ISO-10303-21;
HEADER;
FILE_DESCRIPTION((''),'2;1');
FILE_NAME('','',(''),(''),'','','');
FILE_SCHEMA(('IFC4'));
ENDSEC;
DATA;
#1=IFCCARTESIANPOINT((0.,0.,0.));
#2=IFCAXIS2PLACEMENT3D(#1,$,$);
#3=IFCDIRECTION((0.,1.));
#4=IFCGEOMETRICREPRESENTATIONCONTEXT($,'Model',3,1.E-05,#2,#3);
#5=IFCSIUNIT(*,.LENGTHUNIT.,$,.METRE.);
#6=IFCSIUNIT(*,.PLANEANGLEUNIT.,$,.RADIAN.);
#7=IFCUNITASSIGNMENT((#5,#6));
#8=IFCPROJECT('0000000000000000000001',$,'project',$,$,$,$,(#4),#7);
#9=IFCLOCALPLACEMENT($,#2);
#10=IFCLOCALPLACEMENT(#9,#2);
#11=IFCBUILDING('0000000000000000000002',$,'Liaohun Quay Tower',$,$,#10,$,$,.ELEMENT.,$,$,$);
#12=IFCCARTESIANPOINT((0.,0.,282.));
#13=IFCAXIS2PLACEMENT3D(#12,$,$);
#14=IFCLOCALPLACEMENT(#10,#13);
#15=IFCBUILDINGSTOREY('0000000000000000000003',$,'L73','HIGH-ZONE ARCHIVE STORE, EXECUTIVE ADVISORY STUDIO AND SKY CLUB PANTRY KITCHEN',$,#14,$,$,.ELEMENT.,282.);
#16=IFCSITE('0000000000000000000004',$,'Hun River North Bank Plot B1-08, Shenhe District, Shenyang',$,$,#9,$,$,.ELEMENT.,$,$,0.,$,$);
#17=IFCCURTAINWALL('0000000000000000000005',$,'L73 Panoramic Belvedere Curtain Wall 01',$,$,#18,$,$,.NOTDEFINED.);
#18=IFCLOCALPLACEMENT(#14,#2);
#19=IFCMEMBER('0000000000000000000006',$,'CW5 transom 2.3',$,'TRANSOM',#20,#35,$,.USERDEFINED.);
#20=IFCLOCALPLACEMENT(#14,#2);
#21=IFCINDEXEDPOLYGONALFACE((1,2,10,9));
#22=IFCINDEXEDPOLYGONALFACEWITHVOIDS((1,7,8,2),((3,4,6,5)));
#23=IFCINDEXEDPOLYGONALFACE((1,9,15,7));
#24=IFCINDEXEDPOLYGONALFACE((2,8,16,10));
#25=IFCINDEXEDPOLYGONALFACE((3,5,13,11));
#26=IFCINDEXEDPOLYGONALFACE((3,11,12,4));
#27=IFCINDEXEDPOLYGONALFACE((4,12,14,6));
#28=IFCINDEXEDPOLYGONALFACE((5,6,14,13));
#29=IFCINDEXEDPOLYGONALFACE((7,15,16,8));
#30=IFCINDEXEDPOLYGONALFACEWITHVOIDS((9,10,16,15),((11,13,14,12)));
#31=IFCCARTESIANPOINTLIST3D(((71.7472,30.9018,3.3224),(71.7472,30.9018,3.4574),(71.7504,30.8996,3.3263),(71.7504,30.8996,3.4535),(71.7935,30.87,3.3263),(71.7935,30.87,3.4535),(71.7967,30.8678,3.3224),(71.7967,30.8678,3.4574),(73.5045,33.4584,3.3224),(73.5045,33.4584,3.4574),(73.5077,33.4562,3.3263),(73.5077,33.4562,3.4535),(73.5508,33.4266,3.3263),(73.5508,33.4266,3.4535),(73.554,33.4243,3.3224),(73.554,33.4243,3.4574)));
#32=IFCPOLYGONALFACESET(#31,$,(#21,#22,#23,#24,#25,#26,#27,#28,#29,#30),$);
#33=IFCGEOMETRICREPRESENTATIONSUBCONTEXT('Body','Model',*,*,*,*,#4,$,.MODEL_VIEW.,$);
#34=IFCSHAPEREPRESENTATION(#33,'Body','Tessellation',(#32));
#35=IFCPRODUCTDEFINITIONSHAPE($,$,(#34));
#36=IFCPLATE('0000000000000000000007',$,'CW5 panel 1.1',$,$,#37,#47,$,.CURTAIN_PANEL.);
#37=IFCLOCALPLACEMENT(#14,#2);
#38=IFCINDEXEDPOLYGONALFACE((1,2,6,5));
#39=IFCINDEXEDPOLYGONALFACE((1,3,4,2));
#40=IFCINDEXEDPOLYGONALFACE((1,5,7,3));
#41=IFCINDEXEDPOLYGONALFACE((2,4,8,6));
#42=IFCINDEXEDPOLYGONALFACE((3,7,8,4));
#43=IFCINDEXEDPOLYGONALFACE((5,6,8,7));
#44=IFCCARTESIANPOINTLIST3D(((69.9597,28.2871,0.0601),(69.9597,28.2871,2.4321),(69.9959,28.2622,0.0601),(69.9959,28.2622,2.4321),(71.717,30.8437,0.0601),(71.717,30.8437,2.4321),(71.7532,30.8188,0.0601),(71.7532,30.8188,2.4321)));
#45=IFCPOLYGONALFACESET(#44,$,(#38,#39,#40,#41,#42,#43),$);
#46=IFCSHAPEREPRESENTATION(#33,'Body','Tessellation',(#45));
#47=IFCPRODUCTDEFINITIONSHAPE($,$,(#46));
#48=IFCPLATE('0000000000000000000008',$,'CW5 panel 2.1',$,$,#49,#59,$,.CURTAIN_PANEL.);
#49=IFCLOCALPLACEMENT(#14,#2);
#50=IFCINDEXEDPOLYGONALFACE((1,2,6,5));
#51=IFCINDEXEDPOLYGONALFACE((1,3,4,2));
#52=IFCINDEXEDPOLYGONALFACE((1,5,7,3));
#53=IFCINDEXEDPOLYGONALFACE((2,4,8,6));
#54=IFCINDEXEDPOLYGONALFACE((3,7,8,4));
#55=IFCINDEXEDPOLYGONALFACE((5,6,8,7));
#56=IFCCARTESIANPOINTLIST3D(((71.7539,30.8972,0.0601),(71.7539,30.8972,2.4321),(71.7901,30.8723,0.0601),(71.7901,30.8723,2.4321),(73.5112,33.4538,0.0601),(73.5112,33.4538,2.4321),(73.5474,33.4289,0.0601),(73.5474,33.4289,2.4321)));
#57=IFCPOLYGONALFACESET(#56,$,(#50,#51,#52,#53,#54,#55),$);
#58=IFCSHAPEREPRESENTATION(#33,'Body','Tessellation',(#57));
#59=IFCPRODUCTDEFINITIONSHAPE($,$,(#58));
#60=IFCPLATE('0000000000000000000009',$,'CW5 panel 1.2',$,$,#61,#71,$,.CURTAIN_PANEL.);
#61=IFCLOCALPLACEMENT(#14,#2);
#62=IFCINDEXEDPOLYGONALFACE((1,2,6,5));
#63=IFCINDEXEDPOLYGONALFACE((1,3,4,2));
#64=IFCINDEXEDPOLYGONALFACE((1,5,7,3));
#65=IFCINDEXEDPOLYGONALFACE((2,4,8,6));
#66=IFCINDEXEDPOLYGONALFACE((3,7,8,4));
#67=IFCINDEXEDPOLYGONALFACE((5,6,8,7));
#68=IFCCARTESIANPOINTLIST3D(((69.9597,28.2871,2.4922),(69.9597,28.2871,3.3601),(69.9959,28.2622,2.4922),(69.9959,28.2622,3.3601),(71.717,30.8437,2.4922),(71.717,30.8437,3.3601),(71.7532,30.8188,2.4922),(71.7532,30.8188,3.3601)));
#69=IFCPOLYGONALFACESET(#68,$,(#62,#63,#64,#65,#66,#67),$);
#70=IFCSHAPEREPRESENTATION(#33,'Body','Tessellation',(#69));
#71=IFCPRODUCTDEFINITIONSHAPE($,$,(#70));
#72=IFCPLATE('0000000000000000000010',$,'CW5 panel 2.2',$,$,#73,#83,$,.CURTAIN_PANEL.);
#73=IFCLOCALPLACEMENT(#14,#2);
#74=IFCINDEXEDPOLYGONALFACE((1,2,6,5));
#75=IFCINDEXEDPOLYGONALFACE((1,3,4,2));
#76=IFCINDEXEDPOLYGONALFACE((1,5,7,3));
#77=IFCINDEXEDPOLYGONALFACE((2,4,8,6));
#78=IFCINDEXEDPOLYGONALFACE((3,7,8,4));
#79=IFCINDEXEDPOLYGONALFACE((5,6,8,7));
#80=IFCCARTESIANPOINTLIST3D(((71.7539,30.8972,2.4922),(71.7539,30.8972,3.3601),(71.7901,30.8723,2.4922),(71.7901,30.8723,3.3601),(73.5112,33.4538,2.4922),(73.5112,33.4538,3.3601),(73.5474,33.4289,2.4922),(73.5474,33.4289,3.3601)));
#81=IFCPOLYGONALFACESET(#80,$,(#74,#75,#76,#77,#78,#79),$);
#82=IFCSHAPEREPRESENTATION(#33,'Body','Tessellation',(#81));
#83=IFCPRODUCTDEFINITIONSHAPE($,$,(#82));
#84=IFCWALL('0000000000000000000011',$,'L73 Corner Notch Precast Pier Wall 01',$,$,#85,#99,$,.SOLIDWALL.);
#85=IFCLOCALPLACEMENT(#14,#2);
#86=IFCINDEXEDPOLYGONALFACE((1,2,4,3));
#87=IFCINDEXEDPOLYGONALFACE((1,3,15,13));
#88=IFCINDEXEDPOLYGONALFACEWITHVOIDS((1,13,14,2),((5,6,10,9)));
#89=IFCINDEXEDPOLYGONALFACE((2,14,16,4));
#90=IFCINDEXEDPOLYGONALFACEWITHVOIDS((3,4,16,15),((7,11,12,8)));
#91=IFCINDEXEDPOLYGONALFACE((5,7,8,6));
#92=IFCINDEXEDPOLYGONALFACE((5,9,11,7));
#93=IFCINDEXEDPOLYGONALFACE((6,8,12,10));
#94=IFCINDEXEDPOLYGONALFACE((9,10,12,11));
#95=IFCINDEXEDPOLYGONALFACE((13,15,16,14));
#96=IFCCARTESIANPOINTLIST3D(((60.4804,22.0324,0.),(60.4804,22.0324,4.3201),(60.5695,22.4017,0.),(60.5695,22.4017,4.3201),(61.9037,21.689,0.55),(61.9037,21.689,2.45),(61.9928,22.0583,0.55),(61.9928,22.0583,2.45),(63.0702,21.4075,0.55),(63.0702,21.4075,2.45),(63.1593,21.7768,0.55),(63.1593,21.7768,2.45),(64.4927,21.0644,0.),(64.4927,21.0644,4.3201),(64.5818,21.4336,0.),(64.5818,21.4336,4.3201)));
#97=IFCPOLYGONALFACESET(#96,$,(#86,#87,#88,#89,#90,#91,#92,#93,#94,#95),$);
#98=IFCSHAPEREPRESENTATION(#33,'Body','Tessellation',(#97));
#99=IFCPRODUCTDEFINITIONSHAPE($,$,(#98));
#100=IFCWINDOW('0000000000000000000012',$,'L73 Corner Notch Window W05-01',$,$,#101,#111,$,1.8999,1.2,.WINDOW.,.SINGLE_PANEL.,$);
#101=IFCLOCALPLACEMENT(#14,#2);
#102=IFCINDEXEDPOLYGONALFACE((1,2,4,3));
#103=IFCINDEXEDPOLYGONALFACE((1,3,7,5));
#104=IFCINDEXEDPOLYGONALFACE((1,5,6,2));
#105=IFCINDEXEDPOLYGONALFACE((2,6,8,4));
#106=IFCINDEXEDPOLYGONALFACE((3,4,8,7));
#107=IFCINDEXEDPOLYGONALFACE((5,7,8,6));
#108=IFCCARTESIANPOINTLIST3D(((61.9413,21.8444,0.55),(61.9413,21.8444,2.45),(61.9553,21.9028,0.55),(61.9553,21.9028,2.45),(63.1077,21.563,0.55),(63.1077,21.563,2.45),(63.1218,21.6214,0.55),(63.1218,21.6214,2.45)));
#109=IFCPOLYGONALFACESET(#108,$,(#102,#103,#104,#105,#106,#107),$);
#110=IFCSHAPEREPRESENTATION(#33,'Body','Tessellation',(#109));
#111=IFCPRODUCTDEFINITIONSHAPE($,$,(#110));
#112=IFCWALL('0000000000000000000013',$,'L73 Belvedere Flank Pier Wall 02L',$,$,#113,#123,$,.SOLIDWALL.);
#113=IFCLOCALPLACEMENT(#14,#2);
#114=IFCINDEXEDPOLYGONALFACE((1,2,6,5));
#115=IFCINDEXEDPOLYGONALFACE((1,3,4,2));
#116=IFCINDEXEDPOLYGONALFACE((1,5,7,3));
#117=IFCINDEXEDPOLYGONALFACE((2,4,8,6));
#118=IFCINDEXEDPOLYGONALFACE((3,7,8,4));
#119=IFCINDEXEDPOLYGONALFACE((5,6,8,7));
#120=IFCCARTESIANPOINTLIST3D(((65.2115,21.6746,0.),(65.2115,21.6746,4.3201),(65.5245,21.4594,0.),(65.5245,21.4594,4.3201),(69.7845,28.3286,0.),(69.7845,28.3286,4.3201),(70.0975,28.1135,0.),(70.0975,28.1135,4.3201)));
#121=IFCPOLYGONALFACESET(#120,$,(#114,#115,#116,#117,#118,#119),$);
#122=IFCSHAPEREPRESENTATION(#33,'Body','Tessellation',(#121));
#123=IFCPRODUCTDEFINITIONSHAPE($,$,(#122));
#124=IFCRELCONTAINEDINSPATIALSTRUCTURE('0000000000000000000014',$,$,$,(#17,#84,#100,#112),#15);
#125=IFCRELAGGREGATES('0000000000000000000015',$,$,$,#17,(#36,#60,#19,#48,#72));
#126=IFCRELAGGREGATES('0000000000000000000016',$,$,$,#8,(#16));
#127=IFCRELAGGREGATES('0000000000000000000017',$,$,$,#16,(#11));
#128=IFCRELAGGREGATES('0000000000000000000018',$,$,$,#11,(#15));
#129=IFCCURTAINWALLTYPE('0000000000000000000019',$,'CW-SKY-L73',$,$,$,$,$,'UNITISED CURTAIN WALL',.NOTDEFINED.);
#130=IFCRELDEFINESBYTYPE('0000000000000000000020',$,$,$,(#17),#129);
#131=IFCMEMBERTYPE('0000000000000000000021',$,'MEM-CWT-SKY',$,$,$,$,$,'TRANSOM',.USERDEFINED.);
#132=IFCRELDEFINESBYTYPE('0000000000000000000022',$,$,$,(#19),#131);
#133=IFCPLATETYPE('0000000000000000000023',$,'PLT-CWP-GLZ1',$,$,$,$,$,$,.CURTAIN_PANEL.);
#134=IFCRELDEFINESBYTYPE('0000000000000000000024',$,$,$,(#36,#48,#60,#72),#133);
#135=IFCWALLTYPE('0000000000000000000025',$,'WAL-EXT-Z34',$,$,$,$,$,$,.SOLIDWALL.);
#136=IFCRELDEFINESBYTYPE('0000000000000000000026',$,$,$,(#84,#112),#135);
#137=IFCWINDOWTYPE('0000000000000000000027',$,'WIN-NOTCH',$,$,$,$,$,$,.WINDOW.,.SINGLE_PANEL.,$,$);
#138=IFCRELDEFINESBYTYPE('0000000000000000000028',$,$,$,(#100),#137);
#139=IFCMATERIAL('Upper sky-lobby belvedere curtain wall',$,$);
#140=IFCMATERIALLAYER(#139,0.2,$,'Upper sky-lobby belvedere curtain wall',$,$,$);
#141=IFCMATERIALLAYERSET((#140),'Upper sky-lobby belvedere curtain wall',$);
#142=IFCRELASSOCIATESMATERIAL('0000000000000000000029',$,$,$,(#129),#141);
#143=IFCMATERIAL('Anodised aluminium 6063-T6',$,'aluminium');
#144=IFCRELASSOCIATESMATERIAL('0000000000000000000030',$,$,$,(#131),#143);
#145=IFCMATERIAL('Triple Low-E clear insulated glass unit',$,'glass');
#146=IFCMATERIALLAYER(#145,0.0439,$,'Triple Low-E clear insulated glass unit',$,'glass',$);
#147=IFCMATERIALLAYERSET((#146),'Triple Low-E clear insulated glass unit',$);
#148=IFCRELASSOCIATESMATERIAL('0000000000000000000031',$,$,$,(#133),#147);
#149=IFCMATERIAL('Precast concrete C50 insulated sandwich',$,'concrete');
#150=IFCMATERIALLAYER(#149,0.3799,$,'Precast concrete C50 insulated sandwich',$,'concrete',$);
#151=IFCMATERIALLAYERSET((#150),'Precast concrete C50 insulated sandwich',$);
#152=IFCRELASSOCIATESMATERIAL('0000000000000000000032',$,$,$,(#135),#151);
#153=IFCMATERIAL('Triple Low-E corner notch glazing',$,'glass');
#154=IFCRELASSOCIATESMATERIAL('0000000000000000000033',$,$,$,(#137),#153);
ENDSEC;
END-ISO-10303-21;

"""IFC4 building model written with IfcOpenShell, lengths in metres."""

from ifc_helpers import new_model, si_unit, direction, frame, frame_2d, origin, origin_2d, place, context, subcontext, project, spatial, rectangle, hollow_rectangle, extrude, source, transform, mapped, material, layer, layer_set, material_profile, profile_set, type_object, element, fill, aggregate, save


model = new_model("IFC4")

# Units and contexts
model_context = context("Model", 3, precision=1e-05, world=origin(), true_north=direction((0.0, 1.0)))
body_context = subcontext(model_context, "Body", "Model", "MODEL_VIEW")
ifc_project = project(units=[si_unit("LENGTHUNIT", "METRE"), si_unit("PLANEANGLEUNIT", "RADIAN")], contexts=[model_context])

# Site, building, storey
site_placement = place(None, origin())
site = spatial("IfcSite", under=ifc_project, at=site_placement, Name="Hun River North Bank Plot B1-08, Shenhe District, Shenyang", CompositionType="ELEMENT", RefElevation=0.0)
building_placement = place(site_placement, origin())
building = spatial("IfcBuilding", under=site, at=building_placement, Name="Liaohun Quay Tower", CompositionType="ELEMENT")
storey_placement = place(building_placement, frame((0.0, 0.0, 282.0)))
storey = spatial("IfcBuildingStorey", under=building, at=storey_placement, Name="L73", Description="HIGH-ZONE ARCHIVE STORE, EXECUTIVE ADVISORY STUDIO AND SKY CLUB PANTRY KITCHEN", CompositionType="ELEMENT", Elevation=282.0)

# Curtain wall, member, plates
ifc_material_1 = material(Name="Upper sky-lobby belvedere curtain wall")
ifc_layer_1 = layer(ifc_material_1, 0.2, Name="Upper sky-lobby belvedere curtain wall")
ifc_layer_set_1 = layer_set([ifc_layer_1], Name="Upper sky-lobby belvedere curtain wall")
curtain_wall_type = type_object("IfcCurtainWallType", Name="CW-SKY-L73", ElementType="UNITISED CURTAIN WALL", PredefinedType="NOTDEFINED", material=ifc_layer_set_1)
curtain_wall_placement = place(storey_placement, origin())
curtain_wall = element("IfcCurtainWall", 1, at=curtain_wall_placement, inside=storey, type_object=curtain_wall_type, Name="L73 Panoramic Belvedere Curtain Wall 01", PredefinedType="NOTDEFINED")
ifc_material_2 = material(Name="Anodised aluminium 6063-T6", Category="aluminium")
ifc_material_profile_1 = material_profile(ifc_material_2, hollow_rectangle(XDim=0.0601, YDim=0.135, WallThickness=0.0039, at=origin_2d()), Name="RHS135x60x4")
ifc_profile_set_1 = profile_set([ifc_material_profile_1], Name="Anodised aluminium 6063-T6")
member_type_1 = type_object("IfcMemberType", Name="MEM-CWT-SKY", ElementType="TRANSOM", PredefinedType="USERDEFINED", material=ifc_profile_set_1)
shared_shape_1 = source(origin(), body_context, "Body", "SweptSolid", [
    extrude(hollow_rectangle(XDim=0.0601, YDim=0.135, WallThickness=0.0039, at=origin_2d()), origin(), (0.0, 0.0, 1.0), 3.1023),
])
member_1_placement = place(storey_placement, frame((71.772, 30.8848, 3.3899), z_axis=(0.566449, 0.824097, 0.0), x_axis=(-0.824097, 0.566449, 0.0)))
member_1 = element("IfcMember", 2, at=member_1_placement, type_object=member_type_1, Name="CW5 transom 2.3", ObjectType="TRANSOM", PredefinedType="USERDEFINED", context=body_context, shape_type="MappedRepresentation", body=[
    mapped(shared_shape_1, transform((0.0, 0.0, 0.0), x_axis=(1.0, 0.0, 0.0), y_axis=(0.0, 1.0, 0.0), z_axis=(0.0, 0.0, 1.0), scale=1.0)),
])
ifc_material_3 = material(Name="Triple Low-E clear insulated glass unit", Category="glass")
ifc_layer_2 = layer(ifc_material_3, 0.0439, Name="Triple Low-E clear insulated glass unit", Category="glass")
ifc_layer_set_2 = layer_set([ifc_layer_2], Name="Triple Low-E clear insulated glass unit")
plate_type = type_object("IfcPlateType", Name="PLT-CWP-GLZ1", PredefinedType="CURTAIN_PANEL", material=ifc_layer_set_2)
shared_shape_2 = source(origin(), body_context, "Body", "SweptSolid", [
    extrude(rectangle(XDim=3.1023, YDim=0.0439, at=origin_2d()), origin(), (0.0, 0.0, 1.0), 2.3721),
])
plate_1_placement = place(storey_placement, frame((70.8564, 29.553, 0.0601), z_axis=(0.0, 0.0, 1.0), x_axis=(0.566436, 0.824106, 0.0)))
plate_1 = element("IfcPlate", 3, at=plate_1_placement, type_object=plate_type, Name="CW5 panel 1.1", PredefinedType="CURTAIN_PANEL", context=body_context, shape_type="MappedRepresentation", body=[
    mapped(shared_shape_2, transform((0.0, 0.0, 0.0), x_axis=(1.0, 0.0, 0.0), y_axis=(0.0, 1.0, 0.0), z_axis=(0.0, 0.0, 1.0), scale=1.0)),
])
plate_2_placement = place(storey_placement, frame((72.6506, 32.1631, 0.0601), z_axis=(0.0, 0.0, 1.0), x_axis=(0.566436, 0.824106, 0.0)))
plate_2 = element("IfcPlate", 4, at=plate_2_placement, type_object=plate_type, Name="CW5 panel 2.1", PredefinedType="CURTAIN_PANEL", context=body_context, shape_type="MappedRepresentation", body=[
    mapped(shared_shape_2, transform((0.0, 0.0, 0.0), x_axis=(1.0, 0.0, 0.0), y_axis=(0.0, 1.0, 0.0), z_axis=(0.0, 0.0, 1.0), scale=1.0)),
])
shared_shape_3 = source(origin(), body_context, "Body", "SweptSolid", [
    extrude(rectangle(XDim=3.1023, YDim=0.0439, at=origin_2d()), origin(), (0.0, 0.0, 1.0), 0.8679),
])
plate_3_placement = place(storey_placement, frame((70.8564, 29.553, 2.4922), z_axis=(0.0, 0.0, 1.0), x_axis=(0.566436, 0.824106, 0.0)))
plate_3 = element("IfcPlate", 5, at=plate_3_placement, type_object=plate_type, Name="CW5 panel 1.2", PredefinedType="CURTAIN_PANEL", context=body_context, shape_type="MappedRepresentation", body=[
    mapped(shared_shape_3, transform((0.0, 0.0, 0.0), x_axis=(1.0, 0.0, 0.0), y_axis=(0.0, 1.0, 0.0), z_axis=(0.0, 0.0, 1.0), scale=1.0)),
])
plate_4_placement = place(storey_placement, frame((72.6506, 32.1631, 2.4922), z_axis=(0.0, 0.0, 1.0), x_axis=(0.566436, 0.824106, 0.0)))
plate_4 = element("IfcPlate", 6, at=plate_4_placement, type_object=plate_type, Name="CW5 panel 2.2", PredefinedType="CURTAIN_PANEL", context=body_context, shape_type="MappedRepresentation", body=[
    mapped(shared_shape_3, transform((0.0, 0.0, 0.0), x_axis=(1.0, 0.0, 0.0), y_axis=(0.0, 1.0, 0.0), z_axis=(0.0, 0.0, 1.0), scale=1.0)),
])
aggregate(curtain_wall, [plate_1, plate_3, member_1, plate_2, plate_4])

# Wall, opening, window
ifc_material_4 = material(Name="Precast concrete C50 insulated sandwich", Category="concrete")
ifc_layer_3 = layer(ifc_material_4, 0.3799, Name="Precast concrete C50 insulated sandwich", Category="concrete")
ifc_layer_set_3 = layer_set([ifc_layer_3], Name="Precast concrete C50 insulated sandwich")
wall_type = type_object("IfcWallType", Name="WAL-EXT-Z34", PredefinedType="SOLIDWALL", material=ifc_layer_set_3)
wall_1_placement = place(storey_placement, frame((60.5249, 22.217, 0.0), z_axis=(0.0, 0.0, 1.0), x_axis=(0.972107, -0.234538, 0.0)))
wall_1 = element("IfcWall", 7, at=wall_1_placement, inside=storey, type_object=wall_type, Name="L73 Corner Notch Precast Pier Wall 01", PredefinedType="SOLIDWALL", context=body_context, shape_type="SweptSolid", body=[
    extrude(rectangle(XDim=4.1274, YDim=0.3799, at=frame_2d((2.0637, 0.0))), origin(), (0.0, 0.0, 1.0), 4.3201),
])
shared_shape_4 = source(origin(), body_context, "Body", "SweptSolid", [
    extrude(rectangle(XDim=1.2, YDim=1.8999, at=frame_2d((0.6001, 0.95))), frame((0.0, 0.2, 0.0), z_axis=(0.0, -1.0, 0.0), x_axis=(1.0, 0.0, 0.0)), (0.0, 0.0, 1.0), 0.3999),
])
opening_placement = place(wall_1_placement, frame((1.4641, 0.0, 0.55)))
opening = element("IfcOpeningElement", 8, at=opening_placement, cuts=wall_1, PredefinedType="OPENING", context=body_context, shape_type="MappedRepresentation", body=[
    mapped(shared_shape_4, transform((0.0, 0.0, 0.0), x_axis=(1.0, 0.0, 0.0), y_axis=(0.0, 1.0, 0.0), z_axis=(0.0, 0.0, 1.0), scale=1.0)),
])
ifc_material_5 = material(Name="Triple Low-E corner notch glazing", Category="glass")
window_type = type_object("IfcWindowType", Name="WIN-NOTCH", PartitioningType="SINGLE_PANEL", PredefinedType="WINDOW", material=ifc_material_5)
shared_shape_5 = source(origin(), body_context, "Body", "SweptSolid", [
    extrude(rectangle(XDim=1.2, YDim=1.8999, at=frame_2d((0.6001, 0.95))), frame((0.0, 0.03, 0.0), z_axis=(0.0, -1.0, 0.0), x_axis=(1.0, 0.0, 0.0)), (0.0, 0.0, 1.0), 0.0601),
])
window_placement = place(opening_placement, origin())
window = element("IfcWindow", 9, at=window_placement, inside=storey, type_object=window_type, Name="L73 Corner Notch Window W05-01", OverallHeight=1.8999, OverallWidth=1.2, PartitioningType="SINGLE_PANEL", PredefinedType="WINDOW", context=body_context, shape_type="MappedRepresentation", body=[
    mapped(shared_shape_5, transform((0.0, 0.0, 0.0), x_axis=(1.0, 0.0, 0.0), y_axis=(0.0, 1.0, 0.0), z_axis=(0.0, 0.0, 1.0), scale=1.0)),
])
fill(opening, window)

# Wall
wall_2_placement = place(storey_placement, frame((65.3679, 21.5669, 0.0), z_axis=(0.0, 0.0, 1.0), x_axis=(0.566389, 0.824138, 0.0)))
element("IfcWall", 10, at=wall_2_placement, inside=storey, type_object=wall_type, Name="L73 Belvedere Flank Pier Wall 02L", PredefinedType="SOLIDWALL", context=body_context, shape_type="SweptSolid", body=[
    extrude(rectangle(XDim=8.074, YDim=0.3799, at=frame_2d((4.0371, 0.0))), origin(), (0.0, 0.0, 1.0), 4.3201),
])

save(model, "model.ifc")
